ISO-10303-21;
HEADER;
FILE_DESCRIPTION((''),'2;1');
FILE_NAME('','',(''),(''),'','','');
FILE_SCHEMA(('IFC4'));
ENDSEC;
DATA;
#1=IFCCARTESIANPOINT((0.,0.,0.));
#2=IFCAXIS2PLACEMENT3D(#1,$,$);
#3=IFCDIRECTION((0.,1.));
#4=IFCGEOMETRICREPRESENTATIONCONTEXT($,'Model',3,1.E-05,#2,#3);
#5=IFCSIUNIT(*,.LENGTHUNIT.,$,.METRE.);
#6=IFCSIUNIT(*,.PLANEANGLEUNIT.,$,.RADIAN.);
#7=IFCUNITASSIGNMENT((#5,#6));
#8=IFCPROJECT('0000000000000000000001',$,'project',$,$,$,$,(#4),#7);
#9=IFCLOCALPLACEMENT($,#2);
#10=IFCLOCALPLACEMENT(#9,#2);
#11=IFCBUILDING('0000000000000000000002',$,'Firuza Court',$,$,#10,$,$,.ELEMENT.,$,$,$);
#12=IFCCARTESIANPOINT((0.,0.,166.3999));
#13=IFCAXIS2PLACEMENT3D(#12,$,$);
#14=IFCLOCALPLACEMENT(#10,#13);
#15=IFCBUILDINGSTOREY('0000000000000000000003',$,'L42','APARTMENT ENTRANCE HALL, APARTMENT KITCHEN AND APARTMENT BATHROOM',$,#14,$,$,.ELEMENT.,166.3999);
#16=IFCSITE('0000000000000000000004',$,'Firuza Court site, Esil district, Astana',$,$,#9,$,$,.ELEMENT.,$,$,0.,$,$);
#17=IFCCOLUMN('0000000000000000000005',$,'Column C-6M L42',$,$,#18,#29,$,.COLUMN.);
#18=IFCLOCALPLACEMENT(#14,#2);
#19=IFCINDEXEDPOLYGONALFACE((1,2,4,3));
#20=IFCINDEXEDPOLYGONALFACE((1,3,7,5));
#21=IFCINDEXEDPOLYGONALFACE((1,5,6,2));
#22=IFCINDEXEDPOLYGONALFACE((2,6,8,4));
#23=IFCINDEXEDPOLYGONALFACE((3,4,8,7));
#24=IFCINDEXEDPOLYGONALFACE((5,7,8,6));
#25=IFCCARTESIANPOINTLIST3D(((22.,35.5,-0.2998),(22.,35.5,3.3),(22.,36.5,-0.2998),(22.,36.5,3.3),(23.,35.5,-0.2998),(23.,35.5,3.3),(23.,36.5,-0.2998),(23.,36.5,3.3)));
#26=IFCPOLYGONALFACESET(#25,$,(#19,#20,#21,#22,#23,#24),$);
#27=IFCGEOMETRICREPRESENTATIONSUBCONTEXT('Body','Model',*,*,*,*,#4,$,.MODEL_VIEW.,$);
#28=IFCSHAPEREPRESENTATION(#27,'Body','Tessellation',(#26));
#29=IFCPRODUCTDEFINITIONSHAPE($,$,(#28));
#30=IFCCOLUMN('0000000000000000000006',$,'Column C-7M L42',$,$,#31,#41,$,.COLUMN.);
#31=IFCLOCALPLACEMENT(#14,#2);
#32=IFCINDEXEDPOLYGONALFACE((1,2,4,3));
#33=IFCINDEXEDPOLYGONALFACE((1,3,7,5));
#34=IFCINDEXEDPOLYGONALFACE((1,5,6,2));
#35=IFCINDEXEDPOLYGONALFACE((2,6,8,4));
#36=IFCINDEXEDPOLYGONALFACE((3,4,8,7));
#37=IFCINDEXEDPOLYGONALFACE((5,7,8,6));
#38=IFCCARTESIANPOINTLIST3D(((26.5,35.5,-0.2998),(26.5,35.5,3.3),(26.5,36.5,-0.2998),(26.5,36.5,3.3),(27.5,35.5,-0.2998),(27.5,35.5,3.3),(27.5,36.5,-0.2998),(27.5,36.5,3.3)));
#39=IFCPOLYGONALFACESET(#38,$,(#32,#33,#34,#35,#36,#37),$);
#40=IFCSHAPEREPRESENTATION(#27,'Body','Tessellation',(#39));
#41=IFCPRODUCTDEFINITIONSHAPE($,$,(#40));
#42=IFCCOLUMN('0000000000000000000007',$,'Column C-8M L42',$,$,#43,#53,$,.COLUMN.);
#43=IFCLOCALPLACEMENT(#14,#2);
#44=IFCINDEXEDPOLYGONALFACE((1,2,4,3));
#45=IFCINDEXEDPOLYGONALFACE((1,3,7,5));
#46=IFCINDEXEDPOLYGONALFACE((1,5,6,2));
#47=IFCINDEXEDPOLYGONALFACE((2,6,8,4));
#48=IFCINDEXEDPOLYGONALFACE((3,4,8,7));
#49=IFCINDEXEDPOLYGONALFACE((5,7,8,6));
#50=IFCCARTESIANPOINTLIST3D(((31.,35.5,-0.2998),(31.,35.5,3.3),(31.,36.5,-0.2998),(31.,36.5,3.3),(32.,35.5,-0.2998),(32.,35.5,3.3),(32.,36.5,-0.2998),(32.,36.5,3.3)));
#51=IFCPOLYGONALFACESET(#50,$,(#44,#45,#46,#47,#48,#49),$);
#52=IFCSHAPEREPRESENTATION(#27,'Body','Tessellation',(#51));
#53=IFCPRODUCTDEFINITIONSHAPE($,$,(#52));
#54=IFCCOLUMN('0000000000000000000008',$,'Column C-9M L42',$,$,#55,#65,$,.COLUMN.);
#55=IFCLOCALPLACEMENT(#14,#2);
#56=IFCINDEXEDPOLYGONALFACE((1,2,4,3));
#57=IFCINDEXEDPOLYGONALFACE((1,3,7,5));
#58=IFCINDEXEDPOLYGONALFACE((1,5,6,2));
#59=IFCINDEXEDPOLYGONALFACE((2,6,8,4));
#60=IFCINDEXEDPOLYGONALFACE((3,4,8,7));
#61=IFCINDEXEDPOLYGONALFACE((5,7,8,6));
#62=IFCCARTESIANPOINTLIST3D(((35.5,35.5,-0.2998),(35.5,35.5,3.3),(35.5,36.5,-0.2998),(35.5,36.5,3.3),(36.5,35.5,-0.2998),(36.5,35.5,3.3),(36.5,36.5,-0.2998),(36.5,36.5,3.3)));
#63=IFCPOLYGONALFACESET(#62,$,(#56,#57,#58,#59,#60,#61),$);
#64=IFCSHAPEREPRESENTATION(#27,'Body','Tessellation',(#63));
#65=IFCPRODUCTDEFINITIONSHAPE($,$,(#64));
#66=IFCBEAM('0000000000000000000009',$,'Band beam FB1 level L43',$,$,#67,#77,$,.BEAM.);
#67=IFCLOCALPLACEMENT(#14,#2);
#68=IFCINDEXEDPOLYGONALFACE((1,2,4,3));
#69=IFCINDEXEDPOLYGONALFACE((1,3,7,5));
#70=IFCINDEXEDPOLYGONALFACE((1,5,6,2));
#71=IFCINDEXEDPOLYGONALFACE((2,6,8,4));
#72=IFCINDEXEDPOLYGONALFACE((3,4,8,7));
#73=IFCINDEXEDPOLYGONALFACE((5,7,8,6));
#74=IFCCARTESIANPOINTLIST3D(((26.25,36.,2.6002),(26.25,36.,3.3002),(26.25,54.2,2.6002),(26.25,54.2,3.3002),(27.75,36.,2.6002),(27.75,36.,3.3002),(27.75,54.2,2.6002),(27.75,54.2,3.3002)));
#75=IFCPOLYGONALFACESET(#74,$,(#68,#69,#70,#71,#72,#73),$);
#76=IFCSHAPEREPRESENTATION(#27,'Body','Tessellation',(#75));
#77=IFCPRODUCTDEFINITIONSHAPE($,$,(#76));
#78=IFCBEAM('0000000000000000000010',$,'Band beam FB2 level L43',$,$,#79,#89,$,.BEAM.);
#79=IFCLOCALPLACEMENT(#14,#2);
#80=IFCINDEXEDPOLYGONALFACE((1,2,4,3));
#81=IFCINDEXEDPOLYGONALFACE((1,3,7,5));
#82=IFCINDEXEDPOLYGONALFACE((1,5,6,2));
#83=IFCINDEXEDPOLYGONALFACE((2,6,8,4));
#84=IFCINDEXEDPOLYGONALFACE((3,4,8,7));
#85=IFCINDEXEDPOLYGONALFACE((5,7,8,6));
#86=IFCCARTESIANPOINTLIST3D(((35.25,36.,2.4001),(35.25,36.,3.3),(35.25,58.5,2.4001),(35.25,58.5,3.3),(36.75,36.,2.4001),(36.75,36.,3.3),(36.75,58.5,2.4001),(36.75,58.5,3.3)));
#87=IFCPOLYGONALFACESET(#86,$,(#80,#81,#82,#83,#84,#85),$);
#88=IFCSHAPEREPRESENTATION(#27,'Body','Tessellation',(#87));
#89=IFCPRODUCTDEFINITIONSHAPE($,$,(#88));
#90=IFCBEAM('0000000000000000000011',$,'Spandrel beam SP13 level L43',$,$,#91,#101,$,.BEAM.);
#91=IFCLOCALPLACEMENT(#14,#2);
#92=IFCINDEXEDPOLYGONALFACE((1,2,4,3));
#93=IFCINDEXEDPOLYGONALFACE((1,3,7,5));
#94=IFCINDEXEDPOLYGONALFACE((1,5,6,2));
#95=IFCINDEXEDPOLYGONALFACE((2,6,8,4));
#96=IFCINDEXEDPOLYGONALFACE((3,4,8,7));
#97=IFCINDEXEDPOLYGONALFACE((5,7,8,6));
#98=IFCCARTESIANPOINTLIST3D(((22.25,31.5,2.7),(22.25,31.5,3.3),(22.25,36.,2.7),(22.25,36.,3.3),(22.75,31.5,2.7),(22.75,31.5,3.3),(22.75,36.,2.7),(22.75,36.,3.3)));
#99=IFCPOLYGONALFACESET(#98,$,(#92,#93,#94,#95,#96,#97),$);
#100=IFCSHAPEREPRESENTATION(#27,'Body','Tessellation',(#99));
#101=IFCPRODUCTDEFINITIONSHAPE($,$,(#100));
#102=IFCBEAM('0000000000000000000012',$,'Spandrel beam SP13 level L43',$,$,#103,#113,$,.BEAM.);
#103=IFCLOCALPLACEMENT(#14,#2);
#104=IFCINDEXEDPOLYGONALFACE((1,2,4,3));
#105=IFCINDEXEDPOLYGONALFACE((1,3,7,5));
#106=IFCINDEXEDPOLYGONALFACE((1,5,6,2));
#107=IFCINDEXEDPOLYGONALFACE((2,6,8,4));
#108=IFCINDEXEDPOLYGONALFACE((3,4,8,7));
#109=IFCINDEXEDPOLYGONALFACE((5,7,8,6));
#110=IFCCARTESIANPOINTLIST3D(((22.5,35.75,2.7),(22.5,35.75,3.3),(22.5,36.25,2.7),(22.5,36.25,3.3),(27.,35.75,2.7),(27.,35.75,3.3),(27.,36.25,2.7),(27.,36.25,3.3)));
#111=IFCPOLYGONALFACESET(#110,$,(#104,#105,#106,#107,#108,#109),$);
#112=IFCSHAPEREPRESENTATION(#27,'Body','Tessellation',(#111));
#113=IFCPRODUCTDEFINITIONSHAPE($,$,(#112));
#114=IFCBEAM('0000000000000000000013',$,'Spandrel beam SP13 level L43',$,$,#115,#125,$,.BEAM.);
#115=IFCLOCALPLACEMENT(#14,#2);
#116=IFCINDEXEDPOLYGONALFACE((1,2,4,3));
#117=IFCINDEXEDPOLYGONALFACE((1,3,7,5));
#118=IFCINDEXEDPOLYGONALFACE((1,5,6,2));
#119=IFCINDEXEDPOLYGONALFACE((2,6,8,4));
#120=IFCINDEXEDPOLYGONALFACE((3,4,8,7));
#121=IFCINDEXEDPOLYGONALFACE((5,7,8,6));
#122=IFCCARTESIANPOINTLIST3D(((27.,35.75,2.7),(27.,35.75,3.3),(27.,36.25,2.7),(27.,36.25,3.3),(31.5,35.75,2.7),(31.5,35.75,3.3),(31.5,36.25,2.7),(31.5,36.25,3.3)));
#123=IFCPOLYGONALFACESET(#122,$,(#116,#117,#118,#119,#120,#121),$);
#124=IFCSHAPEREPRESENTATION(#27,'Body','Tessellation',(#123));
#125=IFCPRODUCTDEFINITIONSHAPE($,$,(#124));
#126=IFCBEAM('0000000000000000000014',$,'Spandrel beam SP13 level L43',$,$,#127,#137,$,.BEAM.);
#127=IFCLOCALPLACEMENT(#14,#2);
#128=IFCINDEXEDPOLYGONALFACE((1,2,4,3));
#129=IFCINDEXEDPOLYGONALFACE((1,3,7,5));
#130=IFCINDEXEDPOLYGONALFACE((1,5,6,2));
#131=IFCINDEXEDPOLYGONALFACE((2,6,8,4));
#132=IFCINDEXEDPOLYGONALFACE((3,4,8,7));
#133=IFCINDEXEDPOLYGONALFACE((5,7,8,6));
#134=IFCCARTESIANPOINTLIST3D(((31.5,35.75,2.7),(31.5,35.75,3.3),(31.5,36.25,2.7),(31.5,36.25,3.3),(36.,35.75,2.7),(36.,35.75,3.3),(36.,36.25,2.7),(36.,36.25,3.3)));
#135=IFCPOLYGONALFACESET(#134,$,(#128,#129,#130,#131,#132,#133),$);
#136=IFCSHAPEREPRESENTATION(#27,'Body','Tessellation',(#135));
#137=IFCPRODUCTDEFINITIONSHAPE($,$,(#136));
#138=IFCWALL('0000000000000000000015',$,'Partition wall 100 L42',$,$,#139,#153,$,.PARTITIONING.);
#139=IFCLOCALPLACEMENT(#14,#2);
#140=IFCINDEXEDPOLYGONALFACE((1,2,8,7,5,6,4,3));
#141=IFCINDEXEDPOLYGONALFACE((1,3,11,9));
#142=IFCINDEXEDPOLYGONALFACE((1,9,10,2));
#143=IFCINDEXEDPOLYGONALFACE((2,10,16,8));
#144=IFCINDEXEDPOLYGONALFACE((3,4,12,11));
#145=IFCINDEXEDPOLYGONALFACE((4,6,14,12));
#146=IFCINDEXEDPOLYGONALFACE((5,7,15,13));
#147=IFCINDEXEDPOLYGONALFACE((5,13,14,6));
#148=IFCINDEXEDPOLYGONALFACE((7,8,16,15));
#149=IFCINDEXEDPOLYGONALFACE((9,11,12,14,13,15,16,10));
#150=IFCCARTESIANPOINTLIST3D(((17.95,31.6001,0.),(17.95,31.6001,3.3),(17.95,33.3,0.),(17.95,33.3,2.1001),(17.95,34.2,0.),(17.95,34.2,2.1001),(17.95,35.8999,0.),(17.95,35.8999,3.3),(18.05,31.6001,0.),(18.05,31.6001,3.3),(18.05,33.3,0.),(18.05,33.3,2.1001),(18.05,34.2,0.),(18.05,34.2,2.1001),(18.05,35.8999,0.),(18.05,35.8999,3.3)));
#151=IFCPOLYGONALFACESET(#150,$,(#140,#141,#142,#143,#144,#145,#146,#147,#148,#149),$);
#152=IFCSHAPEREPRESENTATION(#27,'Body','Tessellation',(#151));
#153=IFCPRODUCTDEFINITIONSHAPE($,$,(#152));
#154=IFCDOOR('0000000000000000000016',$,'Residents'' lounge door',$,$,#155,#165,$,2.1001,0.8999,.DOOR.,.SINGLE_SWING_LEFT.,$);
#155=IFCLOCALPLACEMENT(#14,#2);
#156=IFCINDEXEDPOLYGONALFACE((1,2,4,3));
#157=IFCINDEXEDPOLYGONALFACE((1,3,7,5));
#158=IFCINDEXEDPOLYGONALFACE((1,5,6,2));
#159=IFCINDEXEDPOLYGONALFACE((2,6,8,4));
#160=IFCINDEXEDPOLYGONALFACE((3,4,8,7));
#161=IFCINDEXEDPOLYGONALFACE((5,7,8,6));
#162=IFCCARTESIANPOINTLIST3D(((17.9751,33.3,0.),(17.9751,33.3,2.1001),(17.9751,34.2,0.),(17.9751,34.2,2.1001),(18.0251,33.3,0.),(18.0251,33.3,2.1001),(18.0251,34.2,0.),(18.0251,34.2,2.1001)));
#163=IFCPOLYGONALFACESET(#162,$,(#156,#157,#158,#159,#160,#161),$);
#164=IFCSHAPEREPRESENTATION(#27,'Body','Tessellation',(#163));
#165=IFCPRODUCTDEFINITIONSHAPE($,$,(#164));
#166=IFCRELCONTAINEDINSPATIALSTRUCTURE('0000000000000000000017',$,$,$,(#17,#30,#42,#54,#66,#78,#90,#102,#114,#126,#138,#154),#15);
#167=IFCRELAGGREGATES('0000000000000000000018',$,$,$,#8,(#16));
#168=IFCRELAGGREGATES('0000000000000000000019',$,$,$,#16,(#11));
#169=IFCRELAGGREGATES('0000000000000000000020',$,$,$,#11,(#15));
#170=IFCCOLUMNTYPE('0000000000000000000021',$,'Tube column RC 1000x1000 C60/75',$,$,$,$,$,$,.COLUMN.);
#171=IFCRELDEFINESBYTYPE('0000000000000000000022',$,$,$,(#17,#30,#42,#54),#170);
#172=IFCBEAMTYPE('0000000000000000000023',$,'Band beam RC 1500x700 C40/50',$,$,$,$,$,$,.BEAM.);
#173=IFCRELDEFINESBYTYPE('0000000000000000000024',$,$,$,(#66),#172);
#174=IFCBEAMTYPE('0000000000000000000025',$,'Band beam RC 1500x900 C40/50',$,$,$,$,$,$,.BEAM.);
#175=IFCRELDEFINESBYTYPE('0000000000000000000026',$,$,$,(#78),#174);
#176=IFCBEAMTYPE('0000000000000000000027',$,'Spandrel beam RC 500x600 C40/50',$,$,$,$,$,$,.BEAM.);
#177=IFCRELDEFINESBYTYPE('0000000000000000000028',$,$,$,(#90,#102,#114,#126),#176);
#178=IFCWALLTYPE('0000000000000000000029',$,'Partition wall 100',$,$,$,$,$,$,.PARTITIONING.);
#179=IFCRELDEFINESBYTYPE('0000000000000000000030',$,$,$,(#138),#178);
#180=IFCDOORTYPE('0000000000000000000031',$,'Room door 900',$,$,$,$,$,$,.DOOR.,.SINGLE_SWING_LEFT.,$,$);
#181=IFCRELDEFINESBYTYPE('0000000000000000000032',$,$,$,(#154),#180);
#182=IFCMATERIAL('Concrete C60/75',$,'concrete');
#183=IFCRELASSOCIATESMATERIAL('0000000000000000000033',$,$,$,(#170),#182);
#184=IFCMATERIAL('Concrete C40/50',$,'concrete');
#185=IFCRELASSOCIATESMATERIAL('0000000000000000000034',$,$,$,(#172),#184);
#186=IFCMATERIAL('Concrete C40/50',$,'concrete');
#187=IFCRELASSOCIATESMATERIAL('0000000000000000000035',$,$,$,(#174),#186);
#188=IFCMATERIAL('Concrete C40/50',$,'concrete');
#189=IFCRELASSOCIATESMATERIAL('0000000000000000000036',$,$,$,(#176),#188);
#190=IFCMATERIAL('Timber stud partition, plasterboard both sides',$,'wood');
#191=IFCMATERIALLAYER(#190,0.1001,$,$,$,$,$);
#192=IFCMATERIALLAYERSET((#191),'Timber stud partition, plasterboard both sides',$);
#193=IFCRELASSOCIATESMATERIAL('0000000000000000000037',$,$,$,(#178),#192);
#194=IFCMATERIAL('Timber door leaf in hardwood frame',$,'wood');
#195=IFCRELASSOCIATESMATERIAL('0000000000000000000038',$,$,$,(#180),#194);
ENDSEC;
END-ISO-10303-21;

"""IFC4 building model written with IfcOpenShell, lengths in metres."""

from ifc_helpers import new_model, si_unit, direction, frame, frame_2d, origin, origin_2d, place, context, subcontext, project, spatial, rectangle, extrude, material, layer, layer_set, material_profile, profile_set, type_object, element, fill, save


model = new_model("IFC4")

# Units and contexts
model_context = context("Model", 3, precision=1e-05, world=origin(), true_north=direction((0.0, 1.0)))
body_context = subcontext(model_context, "Body", "Model", "MODEL_VIEW")
ifc_project = project(units=[si_unit("LENGTHUNIT", "METRE"), si_unit("PLANEANGLEUNIT", "RADIAN")], contexts=[model_context])

# Site, building, storey
site_placement = place(None, origin())
site = spatial("IfcSite", under=ifc_project, at=site_placement, Name="Firuza Court site, Esil district, Astana", CompositionType="ELEMENT", RefElevation=0.0)
building_placement = place(site_placement, origin())
building = spatial("IfcBuilding", under=site, at=building_placement, Name="Firuza Court", CompositionType="ELEMENT")
storey_placement = place(building_placement, frame((0.0, 0.0, 166.3999)))
storey = spatial("IfcBuildingStorey", under=building, at=storey_placement, Name="L42", Description="APARTMENT ENTRANCE HALL, APARTMENT KITCHEN AND APARTMENT BATHROOM", CompositionType="ELEMENT", Elevation=166.3999)

# Columns
ifc_material_1 = material(Name="Concrete C60/75", Category="concrete")
ifc_material_profile_1 = material_profile(ifc_material_1, rectangle(XDim=1.0, YDim=1.0, at=origin_2d()), Name="RC 1000x1000")
ifc_profile_set_1 = profile_set([ifc_material_profile_1], Name="Concrete C60/75")
column_type = type_object("IfcColumnType", Name="Tube column RC 1000x1000 C60/75", PredefinedType="COLUMN", material=ifc_profile_set_1)
for number, where, z_axis, x_axis, name in (
    (1, (22.5, 36.0, -0.2998), (0.0, 0.0, 1.0), (1.0, 0.0, 0.0), "Column C-6M L42"),
    (2, (27.0, 36.0, -0.2998), (0.0, 0.0, 1.0), (1.0, 0.0, 0.0), "Column C-7M L42"),
    (3, (31.5, 36.0, -0.2998), (0.0, 0.0, 1.0), (1.0, 0.0, 0.0), "Column C-8M L42"),
    (4, (36.0, 36.0, -0.2998), (0.0, 0.0, 1.0), (1.0, 0.0, 0.0), "Column C-9M L42"),
):
    element("IfcColumn", number, at=place(storey_placement, frame(where, z_axis=z_axis, x_axis=x_axis)), inside=storey, type_object=column_type, Name=name, PredefinedType="COLUMN", context=body_context, shape_type="SweptSolid", body=[
        extrude(rectangle(XDim=1.0, YDim=1.0, at=origin_2d()), origin(), (0.0, 0.0, 1.0), 3.5999),
    ])

# Beams
ifc_material_2 = material(Name="Concrete C40/50", Category="concrete")
ifc_material_profile_2 = material_profile(ifc_material_2, rectangle(XDim=1.5, YDim=0.7, at=origin_2d()), Name="RC 1500x700")
ifc_profile_set_2 = profile_set([ifc_material_profile_2], Name="Concrete C40/50")
beam_type_1 = type_object("IfcBeamType", Name="Band beam RC 1500x700 C40/50", PredefinedType="BEAM", material=ifc_profile_set_2)
beam_1_placement = place(storey_placement, frame((27.0, 36.0, 2.9502), z_axis=(0.0, 1.0, 0.0), x_axis=(-1.0, 0.0, 0.0)))
element("IfcBeam", 5, at=beam_1_placement, inside=storey, type_object=beam_type_1, Name="Band beam FB1 level L43", PredefinedType="BEAM", context=body_context, shape_type="SweptSolid", body=[
    extrude(rectangle(XDim=1.5, YDim=0.7, at=origin_2d()), origin(), (0.0, 0.0, 1.0), 18.2),
])
ifc_material_3 = material(Name="Concrete C40/50", Category="concrete")
ifc_material_profile_3 = material_profile(ifc_material_3, rectangle(XDim=1.5, YDim=0.8999, at=origin_2d()), Name="RC 1500x900")
ifc_profile_set_3 = profile_set([ifc_material_profile_3], Name="Concrete C40/50")
beam_type_2 = type_object("IfcBeamType", Name="Band beam RC 1500x900 C40/50", PredefinedType="BEAM", material=ifc_profile_set_3)
beam_2_placement = place(storey_placement, frame((36.0, 36.0, 2.8501), z_axis=(0.0, 1.0, 0.0), x_axis=(-1.0, 0.0, 0.0)))
element("IfcBeam", 6, at=beam_2_placement, inside=storey, type_object=beam_type_2, Name="Band beam FB2 level L43", PredefinedType="BEAM", context=body_context, shape_type="SweptSolid", body=[
    extrude(rectangle(XDim=1.5, YDim=0.8999, at=origin_2d()), origin(), (0.0, 0.0, 1.0), 22.5),
])
ifc_material_4 = material(Name="Concrete C40/50", Category="concrete")
ifc_material_profile_4 = material_profile(ifc_material_4, rectangle(XDim=0.5, YDim=0.6001, at=origin_2d()), Name="RC 500x600")
ifc_profile_set_4 = profile_set([ifc_material_profile_4], Name="Concrete C40/50")
beam_type_3 = type_object("IfcBeamType", Name="Spandrel beam RC 500x600 C40/50", PredefinedType="BEAM", material=ifc_profile_set_4)
for number, where, z_axis, x_axis, name in (
    (7, (22.5, 31.5, 3.0), (0.0, 1.0, 0.0), (-1.0, 0.0, 0.0), "Spandrel beam SP13 level L43"),
    (8, (22.5, 36.0, 3.0), (1.0, 0.0, 0.0), (0.0, 1.0, 0.0), "Spandrel beam SP13 level L43"),
    (9, (27.0, 36.0, 3.0), (1.0, 0.0, 0.0), (0.0, 1.0, 0.0), "Spandrel beam SP13 level L43"),
    (10, (31.5, 36.0, 3.0), (1.0, 0.0, 0.0), (0.0, 1.0, 0.0), "Spandrel beam SP13 level L43"),
):
    element("IfcBeam", number, at=place(storey_placement, frame(where, z_axis=z_axis, x_axis=x_axis)), inside=storey, type_object=beam_type_3, Name=name, PredefinedType="BEAM", context=body_context, shape_type="SweptSolid", body=[
        extrude(rectangle(XDim=0.5, YDim=0.6001, at=origin_2d()), origin(), (0.0, 0.0, 1.0), 4.5),
    ])

# Wall, opening, door
ifc_material_5 = material(Name="Timber stud partition, plasterboard both sides", Category="wood")
ifc_layer_1 = layer(ifc_material_5, 0.1001)
ifc_layer_set_1 = layer_set([ifc_layer_1], Name="Timber stud partition, plasterboard both sides")
wall_type_1 = type_object("IfcWallType", Name="Partition wall 100", PredefinedType="PARTITIONING", material=ifc_layer_set_1)
wall_1_placement = place(storey_placement, frame((18.0, 31.6001, 0.0), z_axis=(0.0, 0.0, 1.0), x_axis=(0.0, 1.0, 0.0)))
wall_1 = element("IfcWall", 11, at=wall_1_placement, inside=storey, type_object=wall_type_1, Name="Partition wall 100 L42", PredefinedType="PARTITIONING", context=body_context, shape_type="SweptSolid", body=[
    extrude(rectangle(XDim=4.2998, YDim=0.1001, at=frame_2d((2.1499, 0.0))), origin(), (0.0, 0.0, 1.0), 3.3),
])
opening_1_placement = place(wall_1_placement, frame((1.7, 0.0, 0.0)))
opening_1 = element("IfcOpeningElement", 12, at=opening_1_placement, cuts=wall_1, PredefinedType="OPENING", context=body_context, shape_type="SweptSolid", body=[
    extrude(rectangle(XDim=0.8999, YDim=2.1001, at=frame_2d((0.45, 1.05))), frame((0.0, 0.062, 0.0), z_axis=(0.0, -1.0, 0.0), x_axis=(1.0, 0.0, 0.0)), (0.0, 0.0, 1.0), 0.124),
])
ifc_material_6 = material(Name="Timber door leaf in hardwood frame", Category="wood")
door_type = type_object("IfcDoorType", Name="Room door 900", OperationType="SINGLE_SWING_LEFT", PredefinedType="DOOR", material=ifc_material_6)
door_placement = place(opening_1_placement, origin())
door = element("IfcDoor", 13, at=door_placement, inside=storey, type_object=door_type, Name="Residents' lounge door", OperationType="SINGLE_SWING_LEFT", OverallHeight=2.1001, OverallWidth=0.8999, PredefinedType="DOOR", context=body_context, shape_type="SweptSolid", body=[
    extrude(rectangle(XDim=0.8999, YDim=2.1001, at=frame_2d((0.45, 1.05))), frame((0.0, 0.0249, 0.0), z_axis=(0.0, -1.0, 0.0), x_axis=(1.0, 0.0, 0.0)), (0.0, 0.0, 1.0), 0.05),
])
fill(opening_1, door)

save(model, "model.ifc")
